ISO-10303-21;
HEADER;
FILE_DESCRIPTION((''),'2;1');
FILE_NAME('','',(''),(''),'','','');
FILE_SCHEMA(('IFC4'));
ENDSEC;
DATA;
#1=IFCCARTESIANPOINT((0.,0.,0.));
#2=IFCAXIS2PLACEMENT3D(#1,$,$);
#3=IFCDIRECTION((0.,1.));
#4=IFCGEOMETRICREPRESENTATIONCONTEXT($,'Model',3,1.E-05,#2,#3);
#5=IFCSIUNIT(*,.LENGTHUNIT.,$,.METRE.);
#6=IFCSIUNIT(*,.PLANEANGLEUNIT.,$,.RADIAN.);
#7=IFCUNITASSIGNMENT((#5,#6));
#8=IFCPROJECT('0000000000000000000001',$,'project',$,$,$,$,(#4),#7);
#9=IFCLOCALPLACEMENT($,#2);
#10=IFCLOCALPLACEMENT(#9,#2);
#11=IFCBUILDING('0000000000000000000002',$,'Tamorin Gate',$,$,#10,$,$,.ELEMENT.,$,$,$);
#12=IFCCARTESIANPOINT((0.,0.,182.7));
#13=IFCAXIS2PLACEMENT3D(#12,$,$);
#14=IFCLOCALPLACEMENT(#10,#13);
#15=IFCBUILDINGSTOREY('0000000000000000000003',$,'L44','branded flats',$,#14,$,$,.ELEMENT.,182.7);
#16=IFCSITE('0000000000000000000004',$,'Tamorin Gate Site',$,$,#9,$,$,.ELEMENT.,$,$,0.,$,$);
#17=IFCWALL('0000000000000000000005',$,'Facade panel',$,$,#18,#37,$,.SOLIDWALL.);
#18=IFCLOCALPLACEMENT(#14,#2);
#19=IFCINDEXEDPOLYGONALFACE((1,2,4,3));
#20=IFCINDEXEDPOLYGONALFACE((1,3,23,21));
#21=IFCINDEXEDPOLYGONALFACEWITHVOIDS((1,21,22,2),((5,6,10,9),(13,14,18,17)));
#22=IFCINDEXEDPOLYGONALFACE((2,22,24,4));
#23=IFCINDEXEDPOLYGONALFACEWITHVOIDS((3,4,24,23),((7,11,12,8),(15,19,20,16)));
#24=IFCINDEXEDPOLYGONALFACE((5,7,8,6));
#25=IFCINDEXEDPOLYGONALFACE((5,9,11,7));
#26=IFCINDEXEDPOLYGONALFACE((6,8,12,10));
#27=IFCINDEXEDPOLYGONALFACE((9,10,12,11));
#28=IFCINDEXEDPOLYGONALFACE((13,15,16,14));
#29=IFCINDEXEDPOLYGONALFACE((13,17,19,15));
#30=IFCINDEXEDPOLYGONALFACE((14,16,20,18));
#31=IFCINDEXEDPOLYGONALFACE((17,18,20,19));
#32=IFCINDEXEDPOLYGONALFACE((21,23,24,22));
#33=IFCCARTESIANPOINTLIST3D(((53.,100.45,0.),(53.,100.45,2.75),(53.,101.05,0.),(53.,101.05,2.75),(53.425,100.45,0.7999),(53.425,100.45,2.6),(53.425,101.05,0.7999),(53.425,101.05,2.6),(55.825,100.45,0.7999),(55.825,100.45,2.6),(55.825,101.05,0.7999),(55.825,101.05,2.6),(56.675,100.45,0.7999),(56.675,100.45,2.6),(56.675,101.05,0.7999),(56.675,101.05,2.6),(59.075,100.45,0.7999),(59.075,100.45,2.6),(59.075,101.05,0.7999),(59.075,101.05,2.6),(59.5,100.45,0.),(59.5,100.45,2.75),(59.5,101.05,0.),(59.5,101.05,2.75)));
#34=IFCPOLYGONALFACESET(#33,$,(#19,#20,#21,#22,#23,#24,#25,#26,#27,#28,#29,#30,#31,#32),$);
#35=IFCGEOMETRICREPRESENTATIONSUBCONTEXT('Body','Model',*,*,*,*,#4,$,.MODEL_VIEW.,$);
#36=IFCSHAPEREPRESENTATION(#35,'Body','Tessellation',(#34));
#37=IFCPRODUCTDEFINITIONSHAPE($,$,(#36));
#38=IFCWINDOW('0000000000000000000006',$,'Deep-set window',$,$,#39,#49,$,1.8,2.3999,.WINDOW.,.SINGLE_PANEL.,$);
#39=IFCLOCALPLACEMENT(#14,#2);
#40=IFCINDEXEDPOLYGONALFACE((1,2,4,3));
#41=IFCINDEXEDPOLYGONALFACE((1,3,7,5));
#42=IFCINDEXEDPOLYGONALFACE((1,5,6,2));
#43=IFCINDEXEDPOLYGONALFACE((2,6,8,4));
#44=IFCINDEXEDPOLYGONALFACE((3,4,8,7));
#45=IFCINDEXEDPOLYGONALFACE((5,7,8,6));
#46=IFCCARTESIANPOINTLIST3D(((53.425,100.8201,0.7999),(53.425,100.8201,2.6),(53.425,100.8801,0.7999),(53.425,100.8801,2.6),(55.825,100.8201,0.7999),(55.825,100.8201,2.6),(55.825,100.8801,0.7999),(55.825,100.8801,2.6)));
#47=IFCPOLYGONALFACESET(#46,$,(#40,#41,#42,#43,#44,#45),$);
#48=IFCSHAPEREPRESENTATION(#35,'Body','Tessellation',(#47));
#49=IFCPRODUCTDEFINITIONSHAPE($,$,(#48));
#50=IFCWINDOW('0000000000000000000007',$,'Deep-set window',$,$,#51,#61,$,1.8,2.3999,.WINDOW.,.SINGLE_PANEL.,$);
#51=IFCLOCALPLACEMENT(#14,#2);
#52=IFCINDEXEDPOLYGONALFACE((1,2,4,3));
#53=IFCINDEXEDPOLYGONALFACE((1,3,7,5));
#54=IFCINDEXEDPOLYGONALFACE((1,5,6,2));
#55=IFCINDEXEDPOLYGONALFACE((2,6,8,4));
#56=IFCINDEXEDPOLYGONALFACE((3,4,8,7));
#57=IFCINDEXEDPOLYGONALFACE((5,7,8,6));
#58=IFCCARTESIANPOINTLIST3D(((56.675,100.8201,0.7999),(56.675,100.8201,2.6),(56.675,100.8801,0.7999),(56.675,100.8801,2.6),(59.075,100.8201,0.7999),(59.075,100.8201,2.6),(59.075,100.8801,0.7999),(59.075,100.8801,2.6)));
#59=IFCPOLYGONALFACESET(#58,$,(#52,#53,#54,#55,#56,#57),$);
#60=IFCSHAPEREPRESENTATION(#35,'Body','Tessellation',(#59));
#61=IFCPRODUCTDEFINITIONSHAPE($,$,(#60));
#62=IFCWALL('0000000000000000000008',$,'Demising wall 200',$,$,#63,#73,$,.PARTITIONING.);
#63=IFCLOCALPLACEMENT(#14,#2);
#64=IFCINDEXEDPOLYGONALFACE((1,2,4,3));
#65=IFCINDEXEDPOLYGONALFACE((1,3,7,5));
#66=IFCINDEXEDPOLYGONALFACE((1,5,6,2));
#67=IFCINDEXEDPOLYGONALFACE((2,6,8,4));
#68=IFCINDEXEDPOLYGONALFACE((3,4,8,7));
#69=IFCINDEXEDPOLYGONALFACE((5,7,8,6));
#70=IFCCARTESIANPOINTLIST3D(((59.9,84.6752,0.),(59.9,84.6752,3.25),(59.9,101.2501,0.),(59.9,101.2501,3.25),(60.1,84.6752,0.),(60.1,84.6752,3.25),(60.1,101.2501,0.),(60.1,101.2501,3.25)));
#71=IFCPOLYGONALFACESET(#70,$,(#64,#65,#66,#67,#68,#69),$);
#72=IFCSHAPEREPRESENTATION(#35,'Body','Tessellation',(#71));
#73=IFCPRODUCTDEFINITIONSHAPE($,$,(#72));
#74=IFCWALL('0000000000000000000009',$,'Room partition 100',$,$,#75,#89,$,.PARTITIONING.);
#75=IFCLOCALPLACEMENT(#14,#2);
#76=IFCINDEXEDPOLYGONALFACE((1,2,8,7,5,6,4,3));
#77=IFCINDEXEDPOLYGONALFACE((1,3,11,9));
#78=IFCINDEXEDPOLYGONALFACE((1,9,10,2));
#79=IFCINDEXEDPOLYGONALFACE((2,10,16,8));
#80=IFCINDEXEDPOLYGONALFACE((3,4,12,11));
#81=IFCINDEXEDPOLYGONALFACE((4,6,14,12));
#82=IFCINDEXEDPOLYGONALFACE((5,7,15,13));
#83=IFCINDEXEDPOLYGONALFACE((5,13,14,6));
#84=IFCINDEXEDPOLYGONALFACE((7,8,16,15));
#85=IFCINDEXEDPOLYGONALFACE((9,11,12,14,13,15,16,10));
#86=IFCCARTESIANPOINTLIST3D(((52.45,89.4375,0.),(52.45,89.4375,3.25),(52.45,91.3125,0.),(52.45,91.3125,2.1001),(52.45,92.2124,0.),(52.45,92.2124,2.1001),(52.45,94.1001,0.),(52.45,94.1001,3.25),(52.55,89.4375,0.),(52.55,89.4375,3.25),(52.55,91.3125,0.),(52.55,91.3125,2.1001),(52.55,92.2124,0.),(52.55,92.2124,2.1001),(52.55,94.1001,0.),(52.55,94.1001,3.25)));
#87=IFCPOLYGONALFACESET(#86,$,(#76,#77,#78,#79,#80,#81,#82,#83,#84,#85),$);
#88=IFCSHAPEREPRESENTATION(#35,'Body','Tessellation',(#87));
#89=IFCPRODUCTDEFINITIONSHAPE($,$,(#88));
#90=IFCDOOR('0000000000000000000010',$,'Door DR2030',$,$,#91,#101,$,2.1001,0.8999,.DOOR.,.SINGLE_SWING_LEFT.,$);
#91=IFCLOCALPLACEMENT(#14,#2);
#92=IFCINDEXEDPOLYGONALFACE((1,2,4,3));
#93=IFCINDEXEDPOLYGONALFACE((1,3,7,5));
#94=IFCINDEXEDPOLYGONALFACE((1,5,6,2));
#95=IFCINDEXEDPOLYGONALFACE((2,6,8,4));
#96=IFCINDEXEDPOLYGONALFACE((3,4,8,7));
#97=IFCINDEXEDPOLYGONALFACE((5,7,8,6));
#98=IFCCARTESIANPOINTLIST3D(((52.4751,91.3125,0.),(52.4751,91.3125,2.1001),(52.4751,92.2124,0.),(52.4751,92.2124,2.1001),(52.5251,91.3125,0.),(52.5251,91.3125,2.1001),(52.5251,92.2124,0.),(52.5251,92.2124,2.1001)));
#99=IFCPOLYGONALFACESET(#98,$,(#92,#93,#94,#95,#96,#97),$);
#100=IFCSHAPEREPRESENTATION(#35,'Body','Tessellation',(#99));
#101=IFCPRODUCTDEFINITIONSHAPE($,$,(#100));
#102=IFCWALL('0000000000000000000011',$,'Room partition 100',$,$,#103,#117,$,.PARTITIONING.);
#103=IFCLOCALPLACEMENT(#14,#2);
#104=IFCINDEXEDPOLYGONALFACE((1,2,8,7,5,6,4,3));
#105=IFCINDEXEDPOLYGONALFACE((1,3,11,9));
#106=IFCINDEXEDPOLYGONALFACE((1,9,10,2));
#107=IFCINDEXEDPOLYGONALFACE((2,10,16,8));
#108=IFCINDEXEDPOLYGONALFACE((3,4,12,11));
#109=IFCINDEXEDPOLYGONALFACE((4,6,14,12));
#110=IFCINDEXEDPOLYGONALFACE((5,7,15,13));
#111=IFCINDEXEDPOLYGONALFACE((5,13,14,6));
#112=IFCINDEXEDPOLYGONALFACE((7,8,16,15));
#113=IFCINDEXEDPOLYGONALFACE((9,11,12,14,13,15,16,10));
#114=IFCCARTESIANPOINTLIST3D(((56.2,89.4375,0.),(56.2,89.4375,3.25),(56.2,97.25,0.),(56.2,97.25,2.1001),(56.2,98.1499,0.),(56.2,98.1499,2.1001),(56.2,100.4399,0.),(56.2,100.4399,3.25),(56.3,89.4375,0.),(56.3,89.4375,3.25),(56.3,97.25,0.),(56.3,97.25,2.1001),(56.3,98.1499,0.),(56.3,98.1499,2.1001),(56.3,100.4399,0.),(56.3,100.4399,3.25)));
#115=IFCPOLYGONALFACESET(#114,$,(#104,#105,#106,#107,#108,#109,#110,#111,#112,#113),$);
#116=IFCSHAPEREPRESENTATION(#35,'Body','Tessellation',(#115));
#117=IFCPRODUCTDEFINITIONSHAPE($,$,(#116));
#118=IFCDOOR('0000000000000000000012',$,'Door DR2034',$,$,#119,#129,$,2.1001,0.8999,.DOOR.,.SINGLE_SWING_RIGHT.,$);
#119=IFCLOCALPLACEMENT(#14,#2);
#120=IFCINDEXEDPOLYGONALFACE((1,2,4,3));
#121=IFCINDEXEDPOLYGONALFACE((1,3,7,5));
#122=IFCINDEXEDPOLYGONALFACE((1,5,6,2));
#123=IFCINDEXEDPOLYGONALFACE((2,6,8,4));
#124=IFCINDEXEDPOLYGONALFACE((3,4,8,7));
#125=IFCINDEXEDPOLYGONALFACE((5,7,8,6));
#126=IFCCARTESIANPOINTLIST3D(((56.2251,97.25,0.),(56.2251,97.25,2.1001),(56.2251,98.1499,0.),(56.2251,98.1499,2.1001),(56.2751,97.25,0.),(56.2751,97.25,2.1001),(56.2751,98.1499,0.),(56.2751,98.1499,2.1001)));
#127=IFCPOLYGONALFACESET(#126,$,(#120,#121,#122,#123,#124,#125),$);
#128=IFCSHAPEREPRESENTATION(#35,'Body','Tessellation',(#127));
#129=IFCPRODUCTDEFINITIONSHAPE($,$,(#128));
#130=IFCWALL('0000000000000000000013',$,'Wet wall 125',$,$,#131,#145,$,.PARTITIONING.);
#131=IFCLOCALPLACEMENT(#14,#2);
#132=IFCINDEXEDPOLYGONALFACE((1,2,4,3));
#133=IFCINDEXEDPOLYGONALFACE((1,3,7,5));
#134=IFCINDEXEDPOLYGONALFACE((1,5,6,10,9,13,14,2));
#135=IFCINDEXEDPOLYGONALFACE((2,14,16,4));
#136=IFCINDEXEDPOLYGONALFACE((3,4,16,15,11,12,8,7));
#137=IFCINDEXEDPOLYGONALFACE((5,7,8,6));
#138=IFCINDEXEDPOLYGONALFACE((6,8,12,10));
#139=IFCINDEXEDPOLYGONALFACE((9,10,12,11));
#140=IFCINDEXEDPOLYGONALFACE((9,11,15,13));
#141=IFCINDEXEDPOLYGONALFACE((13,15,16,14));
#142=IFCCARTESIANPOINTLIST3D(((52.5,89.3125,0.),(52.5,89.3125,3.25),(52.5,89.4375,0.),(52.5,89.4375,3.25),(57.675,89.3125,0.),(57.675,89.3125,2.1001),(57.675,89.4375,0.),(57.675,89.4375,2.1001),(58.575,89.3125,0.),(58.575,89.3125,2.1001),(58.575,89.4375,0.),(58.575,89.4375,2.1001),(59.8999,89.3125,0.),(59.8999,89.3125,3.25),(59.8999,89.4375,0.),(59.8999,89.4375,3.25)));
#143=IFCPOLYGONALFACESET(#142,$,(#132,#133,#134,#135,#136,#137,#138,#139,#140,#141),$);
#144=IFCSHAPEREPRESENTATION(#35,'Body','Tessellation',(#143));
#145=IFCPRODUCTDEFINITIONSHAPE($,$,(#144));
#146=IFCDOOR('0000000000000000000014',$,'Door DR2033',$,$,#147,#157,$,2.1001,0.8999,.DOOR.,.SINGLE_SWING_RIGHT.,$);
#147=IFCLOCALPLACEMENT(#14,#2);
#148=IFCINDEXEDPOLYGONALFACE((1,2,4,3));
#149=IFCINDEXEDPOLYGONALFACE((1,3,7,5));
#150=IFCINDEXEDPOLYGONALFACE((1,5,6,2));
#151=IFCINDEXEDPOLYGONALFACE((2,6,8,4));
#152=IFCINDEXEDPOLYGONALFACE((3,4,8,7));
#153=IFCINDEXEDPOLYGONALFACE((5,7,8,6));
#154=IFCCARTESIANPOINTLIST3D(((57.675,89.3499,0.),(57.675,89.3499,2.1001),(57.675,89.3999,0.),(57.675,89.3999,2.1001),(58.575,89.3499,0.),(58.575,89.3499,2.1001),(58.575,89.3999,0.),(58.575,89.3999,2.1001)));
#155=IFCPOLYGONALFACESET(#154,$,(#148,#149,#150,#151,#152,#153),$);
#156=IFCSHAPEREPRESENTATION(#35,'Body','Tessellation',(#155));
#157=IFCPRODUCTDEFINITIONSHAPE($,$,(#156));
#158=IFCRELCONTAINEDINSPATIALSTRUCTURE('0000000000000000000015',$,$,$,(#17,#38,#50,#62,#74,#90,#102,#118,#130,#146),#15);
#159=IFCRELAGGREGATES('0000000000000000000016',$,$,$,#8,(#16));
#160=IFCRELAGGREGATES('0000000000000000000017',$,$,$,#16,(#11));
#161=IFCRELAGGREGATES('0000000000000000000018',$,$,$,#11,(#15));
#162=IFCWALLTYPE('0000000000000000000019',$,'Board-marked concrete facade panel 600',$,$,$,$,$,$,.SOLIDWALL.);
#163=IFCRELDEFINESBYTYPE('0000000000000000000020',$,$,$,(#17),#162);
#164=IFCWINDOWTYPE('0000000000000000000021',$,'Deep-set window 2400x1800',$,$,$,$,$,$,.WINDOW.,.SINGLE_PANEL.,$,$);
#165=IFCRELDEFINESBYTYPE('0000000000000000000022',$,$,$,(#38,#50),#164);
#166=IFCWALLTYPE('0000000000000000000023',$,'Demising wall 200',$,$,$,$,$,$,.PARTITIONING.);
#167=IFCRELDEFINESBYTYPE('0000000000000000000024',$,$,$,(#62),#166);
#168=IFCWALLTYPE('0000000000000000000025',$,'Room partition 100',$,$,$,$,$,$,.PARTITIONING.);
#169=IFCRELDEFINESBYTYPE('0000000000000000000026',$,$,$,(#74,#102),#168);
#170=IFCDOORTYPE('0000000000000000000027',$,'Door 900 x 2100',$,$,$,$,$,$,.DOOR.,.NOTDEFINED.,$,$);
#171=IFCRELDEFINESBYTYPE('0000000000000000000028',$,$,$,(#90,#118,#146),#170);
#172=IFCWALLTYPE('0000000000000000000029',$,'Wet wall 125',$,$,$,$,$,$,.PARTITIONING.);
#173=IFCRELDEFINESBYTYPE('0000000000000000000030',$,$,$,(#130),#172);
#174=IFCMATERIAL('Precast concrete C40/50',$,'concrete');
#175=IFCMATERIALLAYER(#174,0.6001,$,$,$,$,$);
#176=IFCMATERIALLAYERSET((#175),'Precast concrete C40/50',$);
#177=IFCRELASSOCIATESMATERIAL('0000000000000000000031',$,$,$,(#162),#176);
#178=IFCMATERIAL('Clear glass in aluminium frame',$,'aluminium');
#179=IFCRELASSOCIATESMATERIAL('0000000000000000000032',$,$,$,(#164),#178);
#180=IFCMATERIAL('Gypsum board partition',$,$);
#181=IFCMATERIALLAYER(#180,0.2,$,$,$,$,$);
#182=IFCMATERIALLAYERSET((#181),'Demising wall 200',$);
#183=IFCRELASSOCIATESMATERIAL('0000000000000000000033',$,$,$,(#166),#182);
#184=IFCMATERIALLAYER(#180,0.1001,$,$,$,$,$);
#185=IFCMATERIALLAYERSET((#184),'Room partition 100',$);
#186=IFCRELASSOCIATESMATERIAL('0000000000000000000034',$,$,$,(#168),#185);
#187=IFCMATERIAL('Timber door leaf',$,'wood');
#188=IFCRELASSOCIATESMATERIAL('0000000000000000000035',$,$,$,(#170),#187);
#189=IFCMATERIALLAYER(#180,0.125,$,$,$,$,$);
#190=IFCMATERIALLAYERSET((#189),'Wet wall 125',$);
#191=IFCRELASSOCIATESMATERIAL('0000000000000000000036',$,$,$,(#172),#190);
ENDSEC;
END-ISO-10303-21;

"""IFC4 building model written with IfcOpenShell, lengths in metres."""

from ifc_helpers import new_model, si_unit, direction, frame, frame_2d, origin, place, context, subcontext, project, spatial, rectangle, extrude, material, layer, layer_set, type_object, element, fill, save


model = new_model("IFC4")

# Units and contexts
model_context = context("Model", 3, precision=1e-05, world=origin(), true_north=direction((0.0, 1.0)))
body_context = subcontext(model_context, "Body", "Model", "MODEL_VIEW")
ifc_project = project(units=[si_unit("LENGTHUNIT", "METRE"), si_unit("PLANEANGLEUNIT", "RADIAN")], contexts=[model_context])

# Site, building, storey
site_placement = place(None, origin())
site = spatial("IfcSite", under=ifc_project, at=site_placement, Name="Tamorin Gate Site", CompositionType="ELEMENT", RefElevation=0.0)
building_placement = place(site_placement, origin())
building = spatial("IfcBuilding", under=site, at=building_placement, Name="Tamorin Gate", CompositionType="ELEMENT")
storey_placement = place(building_placement, frame((0.0, 0.0, 182.7)))
storey = spatial("IfcBuildingStorey", under=building, at=storey_placement, Name="L44", Description="branded flats", CompositionType="ELEMENT", Elevation=182.7)

# Wall, openings, windows
ifc_material_1 = material(Name="Precast concrete C40/50", Category="concrete")
ifc_layer_1 = layer(ifc_material_1, 0.6001)
ifc_layer_set_1 = layer_set([ifc_layer_1], Name="Precast concrete C40/50")
wall_type_1 = type_object("IfcWallType", Name="Board-marked concrete facade panel 600", PredefinedType="SOLIDWALL", material=ifc_layer_set_1)
ifc_material_2 = material(Name="Clear glass in aluminium frame", Category="aluminium")
window_type = type_object("IfcWindowType", Name="Deep-set window 2400x1800", PartitioningType="SINGLE_PANEL", PredefinedType="WINDOW", material=ifc_material_2)
wall_1_placement = place(storey_placement, frame((59.5, 100.75, 0.0), z_axis=(0.0, 0.0, 1.0), x_axis=(-1.0, 0.0, 0.0)))
wall_1 = element("IfcWall", 1, at=wall_1_placement, inside=storey, type_object=wall_type_1, Name="Facade panel", PredefinedType="SOLIDWALL", context=body_context, shape_type="SweptSolid", body=[
    extrude(rectangle(XDim=6.5, YDim=0.6001, at=frame_2d((3.25, 0.0))), origin(), (0.0, 0.0, 1.0), 2.75),
])
opening_1_placement = place(wall_1_placement, frame((3.675, 0.0, 0.8)))
opening_1 = element("IfcOpeningElement", 2, at=opening_1_placement, cuts=wall_1, PredefinedType="OPENING", context=body_context, shape_type="SweptSolid", body=[
    extrude(rectangle(XDim=2.3999, YDim=1.8, at=frame_2d((1.2, 0.8999))), frame((0.0, 0.3101, 0.0), z_axis=(0.0, -1.0, 0.0), x_axis=(1.0, 0.0, 0.0)), (0.0, 0.0, 1.0), 0.6201),
])
opening_2_placement = place(wall_1_placement, frame((0.425, 0.0, 0.8)))
opening_2 = element("IfcOpeningElement", 3, at=opening_2_placement, cuts=wall_1, PredefinedType="OPENING", context=body_context, shape_type="SweptSolid", body=[
    extrude(rectangle(XDim=2.3999, YDim=1.8, at=frame_2d((1.2, 0.8999))), frame((0.0, 0.3101, 0.0), z_axis=(0.0, -1.0, 0.0), x_axis=(1.0, 0.0, 0.0)), (0.0, 0.0, 1.0), 0.6201),
])
window_1_placement = place(opening_1_placement, origin())
window_1 = element("IfcWindow", 4, at=window_1_placement, inside=storey, type_object=window_type, Name="Deep-set window", OverallHeight=1.8, OverallWidth=2.3999, PartitioningType="SINGLE_PANEL", PredefinedType="WINDOW", context=body_context, shape_type="SweptSolid", body=[
    extrude(rectangle(XDim=2.3999, YDim=1.8, at=frame_2d((1.2, 0.8999))), frame((0.0, -0.0701, 0.0), z_axis=(0.0, -1.0, 0.0), x_axis=(1.0, 0.0, 0.0)), (0.0, 0.0, 1.0), 0.0601),
])
fill(opening_1, window_1)
window_2_placement = place(opening_2_placement, origin())
window_2 = element("IfcWindow", 5, at=window_2_placement, inside=storey, type_object=window_type, Name="Deep-set window", OverallHeight=1.8, OverallWidth=2.3999, PartitioningType="SINGLE_PANEL", PredefinedType="WINDOW", context=body_context, shape_type="SweptSolid", body=[
    extrude(rectangle(XDim=2.3999, YDim=1.8, at=frame_2d((1.2, 0.8999))), frame((0.0, -0.0701, 0.0), z_axis=(0.0, -1.0, 0.0), x_axis=(1.0, 0.0, 0.0)), (0.0, 0.0, 1.0), 0.0601),
])
fill(opening_2, window_2)

# Wall
ifc_material_3 = material(Name="Gypsum board partition")
ifc_layer_2 = layer(ifc_material_3, 0.2)
ifc_layer_set_2 = layer_set([ifc_layer_2], Name="Demising wall 200")
wall_type_2 = type_object("IfcWallType", Name="Demising wall 200", PredefinedType="PARTITIONING", material=ifc_layer_set_2)
wall_2_placement = place(storey_placement, frame((60.0, 84.675, 0.0), z_axis=(0.0, 0.0, 1.0), x_axis=(0.0, 1.0, 0.0)))
element("IfcWall", 6, at=wall_2_placement, inside=storey, type_object=wall_type_2, Name="Demising wall 200", PredefinedType="PARTITIONING", context=body_context, shape_type="SweptSolid", body=[
    extrude(rectangle(XDim=16.575, YDim=0.2, at=frame_2d((8.2876, 0.0))), origin(), (0.0, 0.0, 1.0), 3.25),
])

# Walls, openings, doors
ifc_layer_3 = layer(ifc_material_3, 0.1001)
ifc_layer_set_3 = layer_set([ifc_layer_3], Name="Room partition 100")
wall_type_3 = type_object("IfcWallType", Name="Room partition 100", PredefinedType="PARTITIONING", material=ifc_layer_set_3)
wall_3_placement = place(storey_placement, frame((52.5, 89.4375, 0.0), z_axis=(0.0, 0.0, 1.0), x_axis=(0.0, 1.0, 0.0)))
wall_3 = element("IfcWall", 7, at=wall_3_placement, inside=storey, type_object=wall_type_3, Name="Room partition 100", PredefinedType="PARTITIONING", context=body_context, shape_type="SweptSolid", body=[
    extrude(rectangle(XDim=4.6626, YDim=0.1001, at=frame_2d((2.3313, 0.0))), origin(), (0.0, 0.0, 1.0), 3.25),
])
opening_3_placement = place(wall_3_placement, frame((1.875, 0.0, 0.0)))
opening_3 = element("IfcOpeningElement", 8, at=opening_3_placement, cuts=wall_3, PredefinedType="OPENING", context=body_context, shape_type="SweptSolid", body=[
    extrude(rectangle(XDim=0.8999, YDim=2.1001, at=frame_2d((0.45, 1.05))), frame((0.0, 0.0601, 0.0), z_axis=(0.0, -1.0, 0.0), x_axis=(1.0, 0.0, 0.0)), (0.0, 0.0, 1.0), 0.1201),
])
ifc_material_4 = material(Name="Timber door leaf", Category="wood")
door_type = type_object("IfcDoorType", Name="Door 900 x 2100", OperationType="NOTDEFINED", PredefinedType="DOOR", material=ifc_material_4)
door_1_placement = place(opening_3_placement, origin())
door_1 = element("IfcDoor", 9, at=door_1_placement, inside=storey, type_object=door_type, Name="Door DR2030", OperationType="SINGLE_SWING_LEFT", OverallHeight=2.1001, OverallWidth=0.8999, PredefinedType="DOOR", context=body_context, shape_type="SweptSolid", body=[
    extrude(rectangle(XDim=0.8999, YDim=2.1001, at=frame_2d((0.45, 1.05))), frame((0.0, 0.0249, 0.0), z_axis=(0.0, -1.0, 0.0), x_axis=(1.0, 0.0, 0.0)), (0.0, 0.0, 1.0), 0.05),
])
fill(opening_3, door_1)
wall_4_placement = place(storey_placement, frame((56.25, 89.4375, 0.0), z_axis=(0.0, 0.0, 1.0), x_axis=(0.0, 1.0, 0.0)))
wall_4 = element("IfcWall", 10, at=wall_4_placement, inside=storey, type_object=wall_type_3, Name="Room partition 100", PredefinedType="PARTITIONING", context=body_context, shape_type="SweptSolid", body=[
    extrude(rectangle(XDim=11.0024, YDim=0.1001, at=frame_2d((5.5012, 0.0))), origin(), (0.0, 0.0, 1.0), 3.25),
])
opening_4_placement = place(wall_4_placement, frame((7.8125, 0.0, 0.0)))
opening_4 = element("IfcOpeningElement", 11, at=opening_4_placement, cuts=wall_4, PredefinedType="OPENING", context=body_context, shape_type="SweptSolid", body=[
    extrude(rectangle(XDim=0.8999, YDim=2.1001, at=frame_2d((0.45, 1.05))), frame((0.0, 0.0601, 0.0), z_axis=(0.0, -1.0, 0.0), x_axis=(1.0, 0.0, 0.0)), (0.0, 0.0, 1.0), 0.1201),
])
door_2_placement = place(opening_4_placement, origin())
door_2 = element("IfcDoor", 12, at=door_2_placement, inside=storey, type_object=door_type, Name="Door DR2034", OperationType="SINGLE_SWING_RIGHT", OverallHeight=2.1001, OverallWidth=0.8999, PredefinedType="DOOR", context=body_context, shape_type="SweptSolid", body=[
    extrude(rectangle(XDim=0.8999, YDim=2.1001, at=frame_2d((0.45, 1.05))), frame((0.0, 0.0249, 0.0), z_axis=(0.0, -1.0, 0.0), x_axis=(1.0, 0.0, 0.0)), (0.0, 0.0, 1.0), 0.05),
])
fill(opening_4, door_2)
ifc_layer_4 = layer(ifc_material_3, 0.125)
ifc_layer_set_4 = layer_set([ifc_layer_4], Name="Wet wall 125")
wall_type_4 = type_object("IfcWallType", Name="Wet wall 125", PredefinedType="PARTITIONING", material=ifc_layer_set_4)
wall_5_placement = place(storey_placement, frame((52.5, 89.375, 0.0), z_axis=(0.0, 0.0, 1.0), x_axis=(1.0, 0.0, 0.0)))
wall_5 = element("IfcWall", 13, at=wall_5_placement, inside=storey, type_object=wall_type_4, Name="Wet wall 125", PredefinedType="PARTITIONING", context=body_context, shape_type="SweptSolid", body=[
    extrude(rectangle(XDim=7.3999, YDim=0.125, at=frame_2d((3.7, 0.0))), origin(), (0.0, 0.0, 1.0), 3.25),
])
opening_5_placement = place(wall_5_placement, frame((5.175, 0.0, 0.0)))
opening_5 = element("IfcOpeningElement", 14, at=opening_5_placement, cuts=wall_5, PredefinedType="OPENING", context=body_context, shape_type="SweptSolid", body=[
    extrude(rectangle(XDim=0.8999, YDim=2.1001, at=frame_2d((0.45, 1.05))), frame((0.0, 0.0725, 0.0), z_axis=(0.0, -1.0, 0.0), x_axis=(1.0, 0.0, 0.0)), (0.0, 0.0, 1.0), 0.145),
])
door_3_placement = place(opening_5_placement, origin())
door_3 = element("IfcDoor", 15, at=door_3_placement, inside=storey, type_object=door_type, Name="Door DR2033", OperationType="SINGLE_SWING_RIGHT", OverallHeight=2.1001, OverallWidth=0.8999, PredefinedType="DOOR", context=body_context, shape_type="SweptSolid", body=[
    extrude(rectangle(XDim=0.8999, YDim=2.1001, at=frame_2d((0.45, 1.05))), frame((0.0, 0.0249, 0.0), z_axis=(0.0, -1.0, 0.0), x_axis=(1.0, 0.0, 0.0)), (0.0, 0.0, 1.0), 0.05),
])
fill(opening_5, door_3)

save(model, "model.ifc")
